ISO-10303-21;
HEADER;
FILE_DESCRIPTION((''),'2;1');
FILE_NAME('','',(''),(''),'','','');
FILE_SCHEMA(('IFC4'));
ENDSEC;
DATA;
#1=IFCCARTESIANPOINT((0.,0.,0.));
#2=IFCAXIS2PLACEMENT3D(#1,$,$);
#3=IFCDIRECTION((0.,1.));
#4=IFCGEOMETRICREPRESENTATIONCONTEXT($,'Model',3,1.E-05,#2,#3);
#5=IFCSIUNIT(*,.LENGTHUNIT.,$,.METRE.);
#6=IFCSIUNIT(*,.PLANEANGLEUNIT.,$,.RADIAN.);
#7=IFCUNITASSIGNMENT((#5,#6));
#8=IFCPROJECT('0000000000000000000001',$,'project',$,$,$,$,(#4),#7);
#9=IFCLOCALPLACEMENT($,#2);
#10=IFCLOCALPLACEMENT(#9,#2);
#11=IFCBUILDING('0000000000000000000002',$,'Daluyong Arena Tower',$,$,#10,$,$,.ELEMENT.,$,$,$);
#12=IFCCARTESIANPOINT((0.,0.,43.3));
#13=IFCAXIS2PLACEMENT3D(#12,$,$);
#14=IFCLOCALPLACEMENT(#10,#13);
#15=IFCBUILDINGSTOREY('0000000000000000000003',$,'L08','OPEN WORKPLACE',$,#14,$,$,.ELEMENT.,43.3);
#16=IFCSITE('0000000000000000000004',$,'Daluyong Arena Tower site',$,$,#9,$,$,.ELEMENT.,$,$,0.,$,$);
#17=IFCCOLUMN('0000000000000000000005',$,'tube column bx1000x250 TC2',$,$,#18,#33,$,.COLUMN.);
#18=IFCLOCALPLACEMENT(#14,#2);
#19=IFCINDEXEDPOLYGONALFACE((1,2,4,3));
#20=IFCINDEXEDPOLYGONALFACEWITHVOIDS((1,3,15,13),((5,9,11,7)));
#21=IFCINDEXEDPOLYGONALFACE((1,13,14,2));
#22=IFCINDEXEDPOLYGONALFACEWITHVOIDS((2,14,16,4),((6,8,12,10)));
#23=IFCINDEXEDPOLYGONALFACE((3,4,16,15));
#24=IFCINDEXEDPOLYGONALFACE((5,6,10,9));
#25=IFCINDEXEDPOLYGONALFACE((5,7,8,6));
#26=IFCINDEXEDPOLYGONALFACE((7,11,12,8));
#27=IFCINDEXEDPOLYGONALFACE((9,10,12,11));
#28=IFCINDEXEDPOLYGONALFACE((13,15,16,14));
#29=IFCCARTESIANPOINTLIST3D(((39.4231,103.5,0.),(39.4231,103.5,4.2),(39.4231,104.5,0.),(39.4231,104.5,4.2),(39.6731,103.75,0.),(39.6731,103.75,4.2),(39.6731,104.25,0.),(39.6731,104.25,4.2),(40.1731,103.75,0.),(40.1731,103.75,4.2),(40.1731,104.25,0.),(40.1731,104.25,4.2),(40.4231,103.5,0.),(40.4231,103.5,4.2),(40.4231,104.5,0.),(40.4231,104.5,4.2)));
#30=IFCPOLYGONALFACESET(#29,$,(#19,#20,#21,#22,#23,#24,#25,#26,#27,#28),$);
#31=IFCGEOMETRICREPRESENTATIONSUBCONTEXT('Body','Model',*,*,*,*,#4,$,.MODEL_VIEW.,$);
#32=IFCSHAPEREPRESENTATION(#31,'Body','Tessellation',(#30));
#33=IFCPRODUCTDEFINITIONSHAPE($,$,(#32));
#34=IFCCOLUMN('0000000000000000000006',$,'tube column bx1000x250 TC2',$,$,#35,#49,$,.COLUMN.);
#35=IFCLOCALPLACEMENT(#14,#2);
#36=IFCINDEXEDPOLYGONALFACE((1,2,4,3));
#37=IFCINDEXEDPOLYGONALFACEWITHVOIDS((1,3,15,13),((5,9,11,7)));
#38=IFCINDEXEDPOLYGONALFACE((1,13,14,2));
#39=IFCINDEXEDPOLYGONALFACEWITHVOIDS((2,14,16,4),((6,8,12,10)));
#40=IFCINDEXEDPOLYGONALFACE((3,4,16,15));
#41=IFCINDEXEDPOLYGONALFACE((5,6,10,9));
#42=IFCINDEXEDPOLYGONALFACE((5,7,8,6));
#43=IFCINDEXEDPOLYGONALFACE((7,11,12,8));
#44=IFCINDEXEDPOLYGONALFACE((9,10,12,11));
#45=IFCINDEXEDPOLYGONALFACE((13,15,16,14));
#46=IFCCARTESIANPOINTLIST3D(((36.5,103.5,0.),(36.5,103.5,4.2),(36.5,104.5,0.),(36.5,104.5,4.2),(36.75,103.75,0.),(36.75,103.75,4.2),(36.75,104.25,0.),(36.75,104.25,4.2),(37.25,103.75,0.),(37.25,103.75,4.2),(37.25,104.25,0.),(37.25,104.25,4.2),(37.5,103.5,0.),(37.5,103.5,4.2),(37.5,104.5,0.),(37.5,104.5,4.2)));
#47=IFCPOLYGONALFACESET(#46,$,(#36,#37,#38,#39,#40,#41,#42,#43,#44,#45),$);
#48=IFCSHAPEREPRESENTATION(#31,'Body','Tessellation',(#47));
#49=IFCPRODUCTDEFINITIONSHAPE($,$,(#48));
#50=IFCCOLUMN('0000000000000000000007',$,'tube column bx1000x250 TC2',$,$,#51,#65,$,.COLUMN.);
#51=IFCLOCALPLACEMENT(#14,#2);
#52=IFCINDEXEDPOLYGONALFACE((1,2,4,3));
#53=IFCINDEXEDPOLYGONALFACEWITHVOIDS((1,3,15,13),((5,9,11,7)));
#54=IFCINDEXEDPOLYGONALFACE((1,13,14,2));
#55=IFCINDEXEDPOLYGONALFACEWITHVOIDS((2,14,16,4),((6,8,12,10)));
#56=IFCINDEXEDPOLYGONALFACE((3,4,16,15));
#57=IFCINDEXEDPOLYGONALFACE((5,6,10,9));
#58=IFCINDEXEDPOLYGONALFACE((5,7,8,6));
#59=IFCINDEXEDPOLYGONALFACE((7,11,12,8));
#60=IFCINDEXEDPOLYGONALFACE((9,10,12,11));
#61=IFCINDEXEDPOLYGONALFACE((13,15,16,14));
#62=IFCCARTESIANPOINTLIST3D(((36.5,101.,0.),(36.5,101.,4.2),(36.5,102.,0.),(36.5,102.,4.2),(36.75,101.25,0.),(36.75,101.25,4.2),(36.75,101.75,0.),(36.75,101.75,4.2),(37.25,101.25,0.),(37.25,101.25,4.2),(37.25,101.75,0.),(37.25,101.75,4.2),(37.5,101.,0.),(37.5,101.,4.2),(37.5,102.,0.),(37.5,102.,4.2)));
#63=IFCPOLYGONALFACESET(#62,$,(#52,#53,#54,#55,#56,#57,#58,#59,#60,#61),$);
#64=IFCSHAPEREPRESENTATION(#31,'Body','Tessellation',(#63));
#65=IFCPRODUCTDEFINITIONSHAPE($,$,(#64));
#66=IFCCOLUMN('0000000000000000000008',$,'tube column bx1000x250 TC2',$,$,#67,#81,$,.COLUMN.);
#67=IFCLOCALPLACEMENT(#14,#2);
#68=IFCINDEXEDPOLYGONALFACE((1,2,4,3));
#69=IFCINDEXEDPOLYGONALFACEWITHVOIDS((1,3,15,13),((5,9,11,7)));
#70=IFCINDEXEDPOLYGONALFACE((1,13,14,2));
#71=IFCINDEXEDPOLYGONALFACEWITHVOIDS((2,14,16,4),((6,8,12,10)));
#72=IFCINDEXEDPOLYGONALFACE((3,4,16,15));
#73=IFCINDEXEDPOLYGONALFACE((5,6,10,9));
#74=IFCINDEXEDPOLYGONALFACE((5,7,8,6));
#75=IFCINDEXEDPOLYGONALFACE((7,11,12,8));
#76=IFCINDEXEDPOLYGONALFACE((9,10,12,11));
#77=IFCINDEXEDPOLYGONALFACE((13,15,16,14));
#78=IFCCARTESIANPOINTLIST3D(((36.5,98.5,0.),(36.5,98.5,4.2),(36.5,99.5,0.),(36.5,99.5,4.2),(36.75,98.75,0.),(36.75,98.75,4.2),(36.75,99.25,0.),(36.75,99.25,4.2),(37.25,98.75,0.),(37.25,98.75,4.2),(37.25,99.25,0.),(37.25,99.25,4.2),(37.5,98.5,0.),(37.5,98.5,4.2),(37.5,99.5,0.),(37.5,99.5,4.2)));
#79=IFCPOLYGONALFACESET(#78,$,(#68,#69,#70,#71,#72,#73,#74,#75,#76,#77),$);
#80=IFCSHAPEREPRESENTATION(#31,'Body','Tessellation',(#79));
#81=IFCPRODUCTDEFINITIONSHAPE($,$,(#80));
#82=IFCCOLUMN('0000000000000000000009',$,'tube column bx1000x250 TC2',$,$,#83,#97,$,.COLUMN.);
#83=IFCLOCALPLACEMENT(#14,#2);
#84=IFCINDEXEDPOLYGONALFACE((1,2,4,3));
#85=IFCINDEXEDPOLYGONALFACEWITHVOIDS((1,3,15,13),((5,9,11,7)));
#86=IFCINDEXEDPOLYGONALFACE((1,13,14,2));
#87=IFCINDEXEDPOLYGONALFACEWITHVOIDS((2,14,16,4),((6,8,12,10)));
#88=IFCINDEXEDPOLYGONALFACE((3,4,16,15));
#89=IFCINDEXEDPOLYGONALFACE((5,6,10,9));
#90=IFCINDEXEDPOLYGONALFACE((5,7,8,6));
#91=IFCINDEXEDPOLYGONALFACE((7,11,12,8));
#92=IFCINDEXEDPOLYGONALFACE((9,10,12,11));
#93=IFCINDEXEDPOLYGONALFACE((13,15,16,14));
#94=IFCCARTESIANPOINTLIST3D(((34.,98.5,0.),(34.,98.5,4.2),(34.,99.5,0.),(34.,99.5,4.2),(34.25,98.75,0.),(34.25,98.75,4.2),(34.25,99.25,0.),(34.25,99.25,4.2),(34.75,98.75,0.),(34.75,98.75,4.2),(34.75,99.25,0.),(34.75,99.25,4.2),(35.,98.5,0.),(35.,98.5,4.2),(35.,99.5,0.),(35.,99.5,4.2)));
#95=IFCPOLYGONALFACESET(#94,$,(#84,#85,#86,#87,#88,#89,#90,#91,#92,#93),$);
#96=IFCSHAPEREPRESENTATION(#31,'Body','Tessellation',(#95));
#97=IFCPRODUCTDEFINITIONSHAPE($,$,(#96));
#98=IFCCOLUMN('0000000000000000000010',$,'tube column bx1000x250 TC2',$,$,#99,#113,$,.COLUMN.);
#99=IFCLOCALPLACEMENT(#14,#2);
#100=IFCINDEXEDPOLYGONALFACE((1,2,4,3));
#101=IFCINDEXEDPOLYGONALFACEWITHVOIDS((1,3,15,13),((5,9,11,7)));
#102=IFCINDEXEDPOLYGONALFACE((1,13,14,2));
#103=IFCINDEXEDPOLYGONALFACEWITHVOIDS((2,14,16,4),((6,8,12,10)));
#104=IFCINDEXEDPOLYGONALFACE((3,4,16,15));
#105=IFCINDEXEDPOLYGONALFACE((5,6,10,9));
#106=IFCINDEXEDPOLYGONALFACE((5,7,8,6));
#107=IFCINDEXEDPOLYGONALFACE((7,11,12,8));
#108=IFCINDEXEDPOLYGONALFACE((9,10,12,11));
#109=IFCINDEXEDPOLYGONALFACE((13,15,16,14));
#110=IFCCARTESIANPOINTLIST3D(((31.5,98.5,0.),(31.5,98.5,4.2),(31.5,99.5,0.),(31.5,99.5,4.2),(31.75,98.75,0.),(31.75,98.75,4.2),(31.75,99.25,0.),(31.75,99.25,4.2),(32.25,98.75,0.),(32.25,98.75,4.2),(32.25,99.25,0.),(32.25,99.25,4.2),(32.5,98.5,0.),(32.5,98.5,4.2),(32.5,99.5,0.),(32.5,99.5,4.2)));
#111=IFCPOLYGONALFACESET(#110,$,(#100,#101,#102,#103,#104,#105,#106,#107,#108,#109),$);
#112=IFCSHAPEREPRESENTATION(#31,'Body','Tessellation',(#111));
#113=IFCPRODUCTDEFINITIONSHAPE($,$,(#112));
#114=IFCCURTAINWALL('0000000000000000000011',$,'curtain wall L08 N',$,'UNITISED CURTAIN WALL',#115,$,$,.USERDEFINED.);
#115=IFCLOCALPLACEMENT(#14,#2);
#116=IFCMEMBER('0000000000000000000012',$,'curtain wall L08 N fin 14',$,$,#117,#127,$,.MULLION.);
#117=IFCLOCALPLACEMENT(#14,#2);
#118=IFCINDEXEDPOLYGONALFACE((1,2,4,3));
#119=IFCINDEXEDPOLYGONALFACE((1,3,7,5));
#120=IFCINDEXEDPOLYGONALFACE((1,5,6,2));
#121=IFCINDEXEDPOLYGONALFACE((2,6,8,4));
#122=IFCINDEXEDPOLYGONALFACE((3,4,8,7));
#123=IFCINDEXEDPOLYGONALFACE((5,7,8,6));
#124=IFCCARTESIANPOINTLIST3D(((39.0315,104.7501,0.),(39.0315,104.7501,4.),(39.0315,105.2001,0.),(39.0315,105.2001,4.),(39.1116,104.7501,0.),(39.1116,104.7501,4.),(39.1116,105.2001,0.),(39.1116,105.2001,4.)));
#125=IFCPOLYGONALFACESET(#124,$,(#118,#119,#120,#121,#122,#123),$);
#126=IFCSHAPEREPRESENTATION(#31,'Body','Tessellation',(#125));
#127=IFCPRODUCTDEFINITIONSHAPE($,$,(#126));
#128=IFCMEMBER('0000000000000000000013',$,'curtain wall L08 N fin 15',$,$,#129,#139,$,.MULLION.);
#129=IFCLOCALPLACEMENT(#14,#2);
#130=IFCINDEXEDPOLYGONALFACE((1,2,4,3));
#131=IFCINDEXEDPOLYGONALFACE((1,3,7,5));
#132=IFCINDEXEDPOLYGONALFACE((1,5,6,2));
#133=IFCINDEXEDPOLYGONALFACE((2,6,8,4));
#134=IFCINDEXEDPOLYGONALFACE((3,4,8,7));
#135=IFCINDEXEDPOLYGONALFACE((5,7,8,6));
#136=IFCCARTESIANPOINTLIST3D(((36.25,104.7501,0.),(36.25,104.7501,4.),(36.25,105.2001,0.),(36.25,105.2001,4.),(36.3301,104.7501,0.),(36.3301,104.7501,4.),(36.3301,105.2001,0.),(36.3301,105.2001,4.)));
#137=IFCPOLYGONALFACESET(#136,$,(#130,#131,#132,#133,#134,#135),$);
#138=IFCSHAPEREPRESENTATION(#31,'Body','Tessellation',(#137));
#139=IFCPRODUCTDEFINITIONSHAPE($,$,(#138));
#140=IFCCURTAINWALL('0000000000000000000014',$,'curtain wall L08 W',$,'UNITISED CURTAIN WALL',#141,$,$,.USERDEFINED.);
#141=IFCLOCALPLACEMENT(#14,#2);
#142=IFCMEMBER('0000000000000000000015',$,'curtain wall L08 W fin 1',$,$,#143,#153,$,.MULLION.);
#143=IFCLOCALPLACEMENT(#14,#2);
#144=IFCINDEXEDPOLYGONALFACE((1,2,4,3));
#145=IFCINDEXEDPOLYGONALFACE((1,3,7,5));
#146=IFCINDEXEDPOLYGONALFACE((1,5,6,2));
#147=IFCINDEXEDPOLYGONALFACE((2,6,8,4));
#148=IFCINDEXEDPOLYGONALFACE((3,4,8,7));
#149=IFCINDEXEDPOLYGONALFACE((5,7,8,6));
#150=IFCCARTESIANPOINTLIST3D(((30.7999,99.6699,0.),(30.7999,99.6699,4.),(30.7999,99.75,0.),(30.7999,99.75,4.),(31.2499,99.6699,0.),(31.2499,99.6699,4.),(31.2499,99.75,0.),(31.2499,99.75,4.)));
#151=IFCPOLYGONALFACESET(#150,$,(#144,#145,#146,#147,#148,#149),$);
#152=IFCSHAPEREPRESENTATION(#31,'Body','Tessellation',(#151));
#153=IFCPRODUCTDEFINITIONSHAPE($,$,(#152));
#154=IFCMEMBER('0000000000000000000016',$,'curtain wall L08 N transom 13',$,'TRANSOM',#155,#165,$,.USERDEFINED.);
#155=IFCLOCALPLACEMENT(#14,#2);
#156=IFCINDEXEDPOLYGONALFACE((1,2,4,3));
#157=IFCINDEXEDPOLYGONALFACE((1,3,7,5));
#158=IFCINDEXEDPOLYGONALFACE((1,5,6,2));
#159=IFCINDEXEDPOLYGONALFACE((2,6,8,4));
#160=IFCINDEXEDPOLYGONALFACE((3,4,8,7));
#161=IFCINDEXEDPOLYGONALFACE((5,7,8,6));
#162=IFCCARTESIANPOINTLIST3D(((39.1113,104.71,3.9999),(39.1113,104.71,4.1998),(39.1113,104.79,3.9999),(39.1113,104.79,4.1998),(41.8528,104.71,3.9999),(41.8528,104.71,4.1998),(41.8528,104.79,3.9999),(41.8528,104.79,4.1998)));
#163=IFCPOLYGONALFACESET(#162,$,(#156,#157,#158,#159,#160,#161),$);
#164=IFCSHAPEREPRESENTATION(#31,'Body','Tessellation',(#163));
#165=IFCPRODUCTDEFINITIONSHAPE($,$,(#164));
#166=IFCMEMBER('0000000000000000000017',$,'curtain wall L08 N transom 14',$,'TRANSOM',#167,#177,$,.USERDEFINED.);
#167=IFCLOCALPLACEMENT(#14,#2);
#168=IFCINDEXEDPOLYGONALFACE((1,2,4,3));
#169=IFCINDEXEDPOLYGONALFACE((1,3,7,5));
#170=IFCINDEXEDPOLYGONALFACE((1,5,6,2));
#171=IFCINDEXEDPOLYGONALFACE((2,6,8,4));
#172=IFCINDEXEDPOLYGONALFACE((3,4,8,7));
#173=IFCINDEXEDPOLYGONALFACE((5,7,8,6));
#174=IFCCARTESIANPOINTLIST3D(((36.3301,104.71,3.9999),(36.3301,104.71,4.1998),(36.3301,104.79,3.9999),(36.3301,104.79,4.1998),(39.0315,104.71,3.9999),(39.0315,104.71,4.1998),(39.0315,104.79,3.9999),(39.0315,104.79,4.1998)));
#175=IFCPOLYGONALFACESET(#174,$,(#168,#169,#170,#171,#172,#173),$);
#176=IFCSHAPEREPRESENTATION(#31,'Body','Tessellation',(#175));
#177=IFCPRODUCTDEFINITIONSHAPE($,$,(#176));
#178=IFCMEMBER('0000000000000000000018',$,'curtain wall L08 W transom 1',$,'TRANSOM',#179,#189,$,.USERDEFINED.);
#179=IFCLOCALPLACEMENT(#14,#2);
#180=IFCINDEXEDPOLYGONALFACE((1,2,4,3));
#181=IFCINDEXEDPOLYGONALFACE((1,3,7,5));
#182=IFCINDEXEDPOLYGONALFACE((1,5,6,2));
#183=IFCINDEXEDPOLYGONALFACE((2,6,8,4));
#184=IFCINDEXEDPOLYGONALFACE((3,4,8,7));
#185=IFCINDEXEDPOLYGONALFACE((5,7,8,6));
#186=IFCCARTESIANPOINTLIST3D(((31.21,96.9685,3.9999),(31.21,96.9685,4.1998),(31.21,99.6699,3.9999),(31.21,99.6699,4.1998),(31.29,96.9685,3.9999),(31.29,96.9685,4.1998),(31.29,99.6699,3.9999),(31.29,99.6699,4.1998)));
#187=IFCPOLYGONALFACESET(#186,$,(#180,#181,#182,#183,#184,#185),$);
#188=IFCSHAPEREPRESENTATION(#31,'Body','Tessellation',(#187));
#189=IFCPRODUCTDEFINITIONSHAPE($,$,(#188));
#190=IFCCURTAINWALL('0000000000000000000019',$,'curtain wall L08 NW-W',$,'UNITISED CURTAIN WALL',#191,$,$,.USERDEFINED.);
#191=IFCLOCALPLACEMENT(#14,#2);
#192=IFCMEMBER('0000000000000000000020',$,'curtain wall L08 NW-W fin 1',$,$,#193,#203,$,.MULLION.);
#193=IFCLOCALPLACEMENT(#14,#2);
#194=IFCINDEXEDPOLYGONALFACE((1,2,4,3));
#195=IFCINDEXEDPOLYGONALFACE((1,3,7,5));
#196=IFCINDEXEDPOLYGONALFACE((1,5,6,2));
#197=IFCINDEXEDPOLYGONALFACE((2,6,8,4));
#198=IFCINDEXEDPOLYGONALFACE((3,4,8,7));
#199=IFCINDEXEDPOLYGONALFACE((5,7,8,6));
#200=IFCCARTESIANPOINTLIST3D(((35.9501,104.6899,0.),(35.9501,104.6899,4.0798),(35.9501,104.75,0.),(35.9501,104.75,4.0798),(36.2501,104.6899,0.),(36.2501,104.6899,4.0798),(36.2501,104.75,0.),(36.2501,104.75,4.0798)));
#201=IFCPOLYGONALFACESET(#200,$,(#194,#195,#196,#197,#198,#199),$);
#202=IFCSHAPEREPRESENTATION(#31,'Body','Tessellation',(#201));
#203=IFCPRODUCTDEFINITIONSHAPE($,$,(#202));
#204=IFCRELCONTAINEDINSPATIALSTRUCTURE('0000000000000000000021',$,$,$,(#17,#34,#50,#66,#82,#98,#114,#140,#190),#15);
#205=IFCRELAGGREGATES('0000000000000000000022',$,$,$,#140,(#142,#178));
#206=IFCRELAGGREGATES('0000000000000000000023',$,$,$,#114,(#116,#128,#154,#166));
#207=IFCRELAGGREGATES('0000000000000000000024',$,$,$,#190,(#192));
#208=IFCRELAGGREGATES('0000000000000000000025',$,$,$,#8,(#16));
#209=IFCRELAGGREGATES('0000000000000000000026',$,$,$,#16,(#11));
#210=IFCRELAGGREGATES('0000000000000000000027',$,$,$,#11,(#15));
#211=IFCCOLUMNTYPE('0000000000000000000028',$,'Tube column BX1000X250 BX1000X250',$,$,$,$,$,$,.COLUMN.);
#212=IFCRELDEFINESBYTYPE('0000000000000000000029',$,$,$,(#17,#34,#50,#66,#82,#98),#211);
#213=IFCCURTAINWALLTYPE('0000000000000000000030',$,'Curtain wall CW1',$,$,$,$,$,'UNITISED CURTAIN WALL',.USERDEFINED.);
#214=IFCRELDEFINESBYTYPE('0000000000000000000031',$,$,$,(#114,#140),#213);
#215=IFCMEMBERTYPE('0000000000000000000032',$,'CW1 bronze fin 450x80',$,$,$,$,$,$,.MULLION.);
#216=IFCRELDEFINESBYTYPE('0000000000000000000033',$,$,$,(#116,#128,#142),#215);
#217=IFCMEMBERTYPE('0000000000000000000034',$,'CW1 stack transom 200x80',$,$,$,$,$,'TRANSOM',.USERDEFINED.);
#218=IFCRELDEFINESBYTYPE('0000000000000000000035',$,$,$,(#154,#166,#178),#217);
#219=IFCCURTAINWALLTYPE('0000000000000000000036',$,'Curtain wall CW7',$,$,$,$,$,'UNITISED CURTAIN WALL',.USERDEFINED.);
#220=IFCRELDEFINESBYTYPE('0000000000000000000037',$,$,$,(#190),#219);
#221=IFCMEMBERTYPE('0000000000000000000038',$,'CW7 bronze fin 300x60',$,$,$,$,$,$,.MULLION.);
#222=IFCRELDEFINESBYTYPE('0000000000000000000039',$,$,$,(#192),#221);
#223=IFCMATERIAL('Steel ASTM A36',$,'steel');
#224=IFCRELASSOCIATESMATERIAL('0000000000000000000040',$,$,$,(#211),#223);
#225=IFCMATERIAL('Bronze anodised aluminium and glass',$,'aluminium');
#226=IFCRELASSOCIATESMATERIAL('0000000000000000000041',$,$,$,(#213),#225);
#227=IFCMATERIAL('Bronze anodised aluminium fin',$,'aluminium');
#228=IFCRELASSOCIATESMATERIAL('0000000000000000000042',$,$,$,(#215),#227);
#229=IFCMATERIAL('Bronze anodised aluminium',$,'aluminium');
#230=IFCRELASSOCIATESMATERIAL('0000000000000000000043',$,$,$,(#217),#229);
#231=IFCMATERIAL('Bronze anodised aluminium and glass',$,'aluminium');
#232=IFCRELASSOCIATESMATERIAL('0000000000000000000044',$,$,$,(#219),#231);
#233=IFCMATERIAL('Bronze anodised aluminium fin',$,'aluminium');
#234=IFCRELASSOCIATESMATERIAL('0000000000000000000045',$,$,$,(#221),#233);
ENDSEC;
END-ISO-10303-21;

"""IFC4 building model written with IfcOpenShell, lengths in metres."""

from ifc_helpers import new_model, si_unit, direction, frame, origin, origin_2d, place, context, subcontext, project, spatial, rectangle, hollow_rectangle, extrude, material, material_profile, profile_set, type_object, element, aggregate, save


model = new_model("IFC4")

# Units and contexts
model_context = context("Model", 3, precision=1e-05, world=origin(), true_north=direction((0.0, 1.0)))
body_context = subcontext(model_context, "Body", "Model", "MODEL_VIEW")
ifc_project = project(units=[si_unit("LENGTHUNIT", "METRE"), si_unit("PLANEANGLEUNIT", "RADIAN")], contexts=[model_context])

# Site, building, storey
site_placement = place(None, origin())
site = spatial("IfcSite", under=ifc_project, at=site_placement, Name="Daluyong Arena Tower site", CompositionType="ELEMENT", RefElevation=0.0)
building_placement = place(site_placement, origin())
building = spatial("IfcBuilding", under=site, at=building_placement, Name="Daluyong Arena Tower", CompositionType="ELEMENT")
storey_placement = place(building_placement, frame((0.0, 0.0, 43.3)))
storey = spatial("IfcBuildingStorey", under=building, at=storey_placement, Name="L08", Description="OPEN WORKPLACE", CompositionType="ELEMENT", Elevation=43.3)

# Columns
ifc_material_1 = material(Name="Steel ASTM A36", Category="steel")
ifc_material_profile_1 = material_profile(ifc_material_1, hollow_rectangle(XDim=1.0, YDim=1.0, WallThickness=0.25, at=origin_2d()))
ifc_profile_set_1 = profile_set([ifc_material_profile_1], Name="Steel ASTM A36")
column_type = type_object("IfcColumnType", Name="Tube column BX1000X250 BX1000X250", PredefinedType="COLUMN", material=ifc_profile_set_1)
for number, where, z_axis, x_axis, name in (
    (1, (39.9231, 104.0, 0.0), (0.0, 0.0, 1.0), (1.0, 0.0, 0.0), "tube column bx1000x250 TC2"),
    (2, (37.0, 104.0, 0.0), (0.0, 0.0, 1.0), (0.0, 1.0, 0.0), "tube column bx1000x250 TC2"),
    (3, (37.0, 101.5, 0.0), (0.0, 0.0, 1.0), (0.0, 1.0, 0.0), "tube column bx1000x250 TC2"),
    (4, (37.0, 99.0, 0.0), (0.0, 0.0, 1.0), (1.0, 0.0, 0.0), "tube column bx1000x250 TC2"),
    (5, (34.5, 99.0, 0.0), (0.0, 0.0, 1.0), (1.0, 0.0, 0.0), "tube column bx1000x250 TC2"),
    (6, (32.0, 99.0, 0.0), (0.0, 0.0, 1.0), (0.0, 1.0, 0.0), "tube column bx1000x250 TC2"),
):
    element("IfcColumn", number, at=place(storey_placement, frame(where, z_axis=z_axis, x_axis=x_axis)), inside=storey, type_object=column_type, Name=name, PredefinedType="COLUMN", context=body_context, shape_type="SweptSolid", body=[
        extrude(hollow_rectangle(XDim=1.0, YDim=1.0, WallThickness=0.25, at=origin_2d()), origin(), (0.0, 0.0, 1.0), 4.2),
    ])

# Curtain wall, members
ifc_material_2 = material(Name="Bronze anodised aluminium and glass", Category="aluminium")
curtain_wall_type_1 = type_object("IfcCurtainWallType", Name="Curtain wall CW1", ElementType="UNITISED CURTAIN WALL", PredefinedType="USERDEFINED", material=ifc_material_2)
curtain_wall_1_placement = place(storey_placement, origin())
curtain_wall_1 = element("IfcCurtainWall", 7, at=curtain_wall_1_placement, inside=storey, type_object=curtain_wall_type_1, Name="curtain wall L08 N", ObjectType="UNITISED CURTAIN WALL", PredefinedType="USERDEFINED")
ifc_material_3 = material(Name="Bronze anodised aluminium fin", Category="aluminium")
ifc_material_profile_2 = material_profile(ifc_material_3, rectangle(XDim=0.45, YDim=0.0801, at=origin_2d()))
ifc_profile_set_2 = profile_set([ifc_material_profile_2], Name="Bronze anodised aluminium fin")
member_type_1 = type_object("IfcMemberType", Name="CW1 bronze fin 450x80", PredefinedType="MULLION", material=ifc_profile_set_2)
member_1_placement = place(storey_placement, frame((39.0715, 104.9751, 0.0), z_axis=(0.0, 0.0, 1.0), x_axis=(0.0, -1.0, 0.0)))
member_1 = element("IfcMember", 8, at=member_1_placement, type_object=member_type_1, Name="curtain wall L08 N fin 14", PredefinedType="MULLION", context=body_context, shape_type="SweptSolid", body=[
    extrude(rectangle(XDim=0.45, YDim=0.0801, at=origin_2d()), origin(), (0.0, 0.0, 1.0), 4.0),
])
member_2_placement = place(storey_placement, frame((36.29, 104.9751, 0.0), z_axis=(0.0, 0.0, 1.0), x_axis=(0.0, -1.0, 0.0)))
member_2 = element("IfcMember", 9, at=member_2_placement, type_object=member_type_1, Name="curtain wall L08 N fin 15", PredefinedType="MULLION", context=body_context, shape_type="SweptSolid", body=[
    extrude(rectangle(XDim=0.45, YDim=0.0801, at=origin_2d()), origin(), (0.0, 0.0, 1.0), 4.0),
])

# Curtain wall, member
curtain_wall_2_placement = place(storey_placement, origin())
curtain_wall_2 = element("IfcCurtainWall", 10, at=curtain_wall_2_placement, inside=storey, type_object=curtain_wall_type_1, Name="curtain wall L08 W", ObjectType="UNITISED CURTAIN WALL", PredefinedType="USERDEFINED")
member_3_placement = place(storey_placement, frame((31.0249, 99.71, 0.0), z_axis=(0.0, 0.0, 1.0), x_axis=(1.0, 0.0, 0.0)))
member_3 = element("IfcMember", 11, at=member_3_placement, type_object=member_type_1, Name="curtain wall L08 W fin 1", PredefinedType="MULLION", context=body_context, shape_type="SweptSolid", body=[
    extrude(rectangle(XDim=0.45, YDim=0.0801, at=origin_2d()), origin(), (0.0, 0.0, 1.0), 4.0),
])

# Members
ifc_material_4 = material(Name="Bronze anodised aluminium", Category="aluminium")
ifc_material_profile_3 = material_profile(ifc_material_4, rectangle(XDim=0.0801, YDim=0.2, at=origin_2d()))
ifc_profile_set_3 = profile_set([ifc_material_profile_3], Name="Bronze anodised aluminium")
member_type_2 = type_object("IfcMemberType", Name="CW1 stack transom 200x80", ElementType="TRANSOM", PredefinedType="USERDEFINED", material=ifc_profile_set_3)
member_4_placement = place(storey_placement, frame((41.8528, 104.75, 4.0999), z_axis=(-1.0, 0.0, 0.0), x_axis=(0.0, -1.0, 0.0)))
member_4 = element("IfcMember", 12, at=member_4_placement, type_object=member_type_2, Name="curtain wall L08 N transom 13", ObjectType="TRANSOM", PredefinedType="USERDEFINED", context=body_context, shape_type="SweptSolid", body=[
    extrude(rectangle(XDim=0.0801, YDim=0.2, at=origin_2d()), origin(), (0.0, 0.0, 1.0), 2.7415),
])
member_5_placement = place(storey_placement, frame((39.0315, 104.75, 4.0999), z_axis=(-1.0, 0.0, 0.0), x_axis=(0.0, -1.0, 0.0)))
member_5 = element("IfcMember", 13, at=member_5_placement, type_object=member_type_2, Name="curtain wall L08 N transom 14", ObjectType="TRANSOM", PredefinedType="USERDEFINED", context=body_context, shape_type="SweptSolid", body=[
    extrude(rectangle(XDim=0.0801, YDim=0.2, at=origin_2d()), origin(), (0.0, 0.0, 1.0), 2.7014),
])
member_6_placement = place(storey_placement, frame((31.25, 99.6699, 4.0999), z_axis=(0.0, -1.0, 0.0), x_axis=(1.0, 0.0, 0.0)))
member_6 = element("IfcMember", 14, at=member_6_placement, type_object=member_type_2, Name="curtain wall L08 W transom 1", ObjectType="TRANSOM", PredefinedType="USERDEFINED", context=body_context, shape_type="SweptSolid", body=[
    extrude(rectangle(XDim=0.0801, YDim=0.2, at=origin_2d()), origin(), (0.0, 0.0, 1.0), 2.7014),
])
aggregate(curtain_wall_2, [member_3, member_6])

# Curtain wall, member
ifc_material_5 = material(Name="Bronze anodised aluminium and glass", Category="aluminium")
curtain_wall_type_2 = type_object("IfcCurtainWallType", Name="Curtain wall CW7", ElementType="UNITISED CURTAIN WALL", PredefinedType="USERDEFINED", material=ifc_material_5)
curtain_wall_3_placement = place(storey_placement, origin())
curtain_wall_3 = element("IfcCurtainWall", 15, at=curtain_wall_3_placement, inside=storey, type_object=curtain_wall_type_2, Name="curtain wall L08 NW-W", ObjectType="UNITISED CURTAIN WALL", PredefinedType="USERDEFINED")
ifc_material_6 = material(Name="Bronze anodised aluminium fin", Category="aluminium")
ifc_material_profile_4 = material_profile(ifc_material_6, rectangle(XDim=0.3, YDim=0.0601, at=origin_2d()))
ifc_profile_set_4 = profile_set([ifc_material_profile_4], Name="Bronze anodised aluminium fin")
member_type_3 = type_object("IfcMemberType", Name="CW7 bronze fin 300x60", PredefinedType="MULLION", material=ifc_profile_set_4)
member_7_placement = place(storey_placement, frame((36.1001, 104.72, 0.0), z_axis=(0.0, 0.0, 1.0), x_axis=(1.0, 0.0, 0.0)))
member_7 = element("IfcMember", 16, at=member_7_placement, type_object=member_type_3, Name="curtain wall L08 NW-W fin 1", PredefinedType="MULLION", context=body_context, shape_type="SweptSolid", body=[
    extrude(rectangle(XDim=0.3, YDim=0.0601, at=origin_2d()), origin(), (0.0, 0.0, 1.0), 4.0798),
])

aggregate(curtain_wall_1, [member_1, member_2, member_4, member_5])
aggregate(curtain_wall_3, [member_7])

save(model, "model.ifc")
